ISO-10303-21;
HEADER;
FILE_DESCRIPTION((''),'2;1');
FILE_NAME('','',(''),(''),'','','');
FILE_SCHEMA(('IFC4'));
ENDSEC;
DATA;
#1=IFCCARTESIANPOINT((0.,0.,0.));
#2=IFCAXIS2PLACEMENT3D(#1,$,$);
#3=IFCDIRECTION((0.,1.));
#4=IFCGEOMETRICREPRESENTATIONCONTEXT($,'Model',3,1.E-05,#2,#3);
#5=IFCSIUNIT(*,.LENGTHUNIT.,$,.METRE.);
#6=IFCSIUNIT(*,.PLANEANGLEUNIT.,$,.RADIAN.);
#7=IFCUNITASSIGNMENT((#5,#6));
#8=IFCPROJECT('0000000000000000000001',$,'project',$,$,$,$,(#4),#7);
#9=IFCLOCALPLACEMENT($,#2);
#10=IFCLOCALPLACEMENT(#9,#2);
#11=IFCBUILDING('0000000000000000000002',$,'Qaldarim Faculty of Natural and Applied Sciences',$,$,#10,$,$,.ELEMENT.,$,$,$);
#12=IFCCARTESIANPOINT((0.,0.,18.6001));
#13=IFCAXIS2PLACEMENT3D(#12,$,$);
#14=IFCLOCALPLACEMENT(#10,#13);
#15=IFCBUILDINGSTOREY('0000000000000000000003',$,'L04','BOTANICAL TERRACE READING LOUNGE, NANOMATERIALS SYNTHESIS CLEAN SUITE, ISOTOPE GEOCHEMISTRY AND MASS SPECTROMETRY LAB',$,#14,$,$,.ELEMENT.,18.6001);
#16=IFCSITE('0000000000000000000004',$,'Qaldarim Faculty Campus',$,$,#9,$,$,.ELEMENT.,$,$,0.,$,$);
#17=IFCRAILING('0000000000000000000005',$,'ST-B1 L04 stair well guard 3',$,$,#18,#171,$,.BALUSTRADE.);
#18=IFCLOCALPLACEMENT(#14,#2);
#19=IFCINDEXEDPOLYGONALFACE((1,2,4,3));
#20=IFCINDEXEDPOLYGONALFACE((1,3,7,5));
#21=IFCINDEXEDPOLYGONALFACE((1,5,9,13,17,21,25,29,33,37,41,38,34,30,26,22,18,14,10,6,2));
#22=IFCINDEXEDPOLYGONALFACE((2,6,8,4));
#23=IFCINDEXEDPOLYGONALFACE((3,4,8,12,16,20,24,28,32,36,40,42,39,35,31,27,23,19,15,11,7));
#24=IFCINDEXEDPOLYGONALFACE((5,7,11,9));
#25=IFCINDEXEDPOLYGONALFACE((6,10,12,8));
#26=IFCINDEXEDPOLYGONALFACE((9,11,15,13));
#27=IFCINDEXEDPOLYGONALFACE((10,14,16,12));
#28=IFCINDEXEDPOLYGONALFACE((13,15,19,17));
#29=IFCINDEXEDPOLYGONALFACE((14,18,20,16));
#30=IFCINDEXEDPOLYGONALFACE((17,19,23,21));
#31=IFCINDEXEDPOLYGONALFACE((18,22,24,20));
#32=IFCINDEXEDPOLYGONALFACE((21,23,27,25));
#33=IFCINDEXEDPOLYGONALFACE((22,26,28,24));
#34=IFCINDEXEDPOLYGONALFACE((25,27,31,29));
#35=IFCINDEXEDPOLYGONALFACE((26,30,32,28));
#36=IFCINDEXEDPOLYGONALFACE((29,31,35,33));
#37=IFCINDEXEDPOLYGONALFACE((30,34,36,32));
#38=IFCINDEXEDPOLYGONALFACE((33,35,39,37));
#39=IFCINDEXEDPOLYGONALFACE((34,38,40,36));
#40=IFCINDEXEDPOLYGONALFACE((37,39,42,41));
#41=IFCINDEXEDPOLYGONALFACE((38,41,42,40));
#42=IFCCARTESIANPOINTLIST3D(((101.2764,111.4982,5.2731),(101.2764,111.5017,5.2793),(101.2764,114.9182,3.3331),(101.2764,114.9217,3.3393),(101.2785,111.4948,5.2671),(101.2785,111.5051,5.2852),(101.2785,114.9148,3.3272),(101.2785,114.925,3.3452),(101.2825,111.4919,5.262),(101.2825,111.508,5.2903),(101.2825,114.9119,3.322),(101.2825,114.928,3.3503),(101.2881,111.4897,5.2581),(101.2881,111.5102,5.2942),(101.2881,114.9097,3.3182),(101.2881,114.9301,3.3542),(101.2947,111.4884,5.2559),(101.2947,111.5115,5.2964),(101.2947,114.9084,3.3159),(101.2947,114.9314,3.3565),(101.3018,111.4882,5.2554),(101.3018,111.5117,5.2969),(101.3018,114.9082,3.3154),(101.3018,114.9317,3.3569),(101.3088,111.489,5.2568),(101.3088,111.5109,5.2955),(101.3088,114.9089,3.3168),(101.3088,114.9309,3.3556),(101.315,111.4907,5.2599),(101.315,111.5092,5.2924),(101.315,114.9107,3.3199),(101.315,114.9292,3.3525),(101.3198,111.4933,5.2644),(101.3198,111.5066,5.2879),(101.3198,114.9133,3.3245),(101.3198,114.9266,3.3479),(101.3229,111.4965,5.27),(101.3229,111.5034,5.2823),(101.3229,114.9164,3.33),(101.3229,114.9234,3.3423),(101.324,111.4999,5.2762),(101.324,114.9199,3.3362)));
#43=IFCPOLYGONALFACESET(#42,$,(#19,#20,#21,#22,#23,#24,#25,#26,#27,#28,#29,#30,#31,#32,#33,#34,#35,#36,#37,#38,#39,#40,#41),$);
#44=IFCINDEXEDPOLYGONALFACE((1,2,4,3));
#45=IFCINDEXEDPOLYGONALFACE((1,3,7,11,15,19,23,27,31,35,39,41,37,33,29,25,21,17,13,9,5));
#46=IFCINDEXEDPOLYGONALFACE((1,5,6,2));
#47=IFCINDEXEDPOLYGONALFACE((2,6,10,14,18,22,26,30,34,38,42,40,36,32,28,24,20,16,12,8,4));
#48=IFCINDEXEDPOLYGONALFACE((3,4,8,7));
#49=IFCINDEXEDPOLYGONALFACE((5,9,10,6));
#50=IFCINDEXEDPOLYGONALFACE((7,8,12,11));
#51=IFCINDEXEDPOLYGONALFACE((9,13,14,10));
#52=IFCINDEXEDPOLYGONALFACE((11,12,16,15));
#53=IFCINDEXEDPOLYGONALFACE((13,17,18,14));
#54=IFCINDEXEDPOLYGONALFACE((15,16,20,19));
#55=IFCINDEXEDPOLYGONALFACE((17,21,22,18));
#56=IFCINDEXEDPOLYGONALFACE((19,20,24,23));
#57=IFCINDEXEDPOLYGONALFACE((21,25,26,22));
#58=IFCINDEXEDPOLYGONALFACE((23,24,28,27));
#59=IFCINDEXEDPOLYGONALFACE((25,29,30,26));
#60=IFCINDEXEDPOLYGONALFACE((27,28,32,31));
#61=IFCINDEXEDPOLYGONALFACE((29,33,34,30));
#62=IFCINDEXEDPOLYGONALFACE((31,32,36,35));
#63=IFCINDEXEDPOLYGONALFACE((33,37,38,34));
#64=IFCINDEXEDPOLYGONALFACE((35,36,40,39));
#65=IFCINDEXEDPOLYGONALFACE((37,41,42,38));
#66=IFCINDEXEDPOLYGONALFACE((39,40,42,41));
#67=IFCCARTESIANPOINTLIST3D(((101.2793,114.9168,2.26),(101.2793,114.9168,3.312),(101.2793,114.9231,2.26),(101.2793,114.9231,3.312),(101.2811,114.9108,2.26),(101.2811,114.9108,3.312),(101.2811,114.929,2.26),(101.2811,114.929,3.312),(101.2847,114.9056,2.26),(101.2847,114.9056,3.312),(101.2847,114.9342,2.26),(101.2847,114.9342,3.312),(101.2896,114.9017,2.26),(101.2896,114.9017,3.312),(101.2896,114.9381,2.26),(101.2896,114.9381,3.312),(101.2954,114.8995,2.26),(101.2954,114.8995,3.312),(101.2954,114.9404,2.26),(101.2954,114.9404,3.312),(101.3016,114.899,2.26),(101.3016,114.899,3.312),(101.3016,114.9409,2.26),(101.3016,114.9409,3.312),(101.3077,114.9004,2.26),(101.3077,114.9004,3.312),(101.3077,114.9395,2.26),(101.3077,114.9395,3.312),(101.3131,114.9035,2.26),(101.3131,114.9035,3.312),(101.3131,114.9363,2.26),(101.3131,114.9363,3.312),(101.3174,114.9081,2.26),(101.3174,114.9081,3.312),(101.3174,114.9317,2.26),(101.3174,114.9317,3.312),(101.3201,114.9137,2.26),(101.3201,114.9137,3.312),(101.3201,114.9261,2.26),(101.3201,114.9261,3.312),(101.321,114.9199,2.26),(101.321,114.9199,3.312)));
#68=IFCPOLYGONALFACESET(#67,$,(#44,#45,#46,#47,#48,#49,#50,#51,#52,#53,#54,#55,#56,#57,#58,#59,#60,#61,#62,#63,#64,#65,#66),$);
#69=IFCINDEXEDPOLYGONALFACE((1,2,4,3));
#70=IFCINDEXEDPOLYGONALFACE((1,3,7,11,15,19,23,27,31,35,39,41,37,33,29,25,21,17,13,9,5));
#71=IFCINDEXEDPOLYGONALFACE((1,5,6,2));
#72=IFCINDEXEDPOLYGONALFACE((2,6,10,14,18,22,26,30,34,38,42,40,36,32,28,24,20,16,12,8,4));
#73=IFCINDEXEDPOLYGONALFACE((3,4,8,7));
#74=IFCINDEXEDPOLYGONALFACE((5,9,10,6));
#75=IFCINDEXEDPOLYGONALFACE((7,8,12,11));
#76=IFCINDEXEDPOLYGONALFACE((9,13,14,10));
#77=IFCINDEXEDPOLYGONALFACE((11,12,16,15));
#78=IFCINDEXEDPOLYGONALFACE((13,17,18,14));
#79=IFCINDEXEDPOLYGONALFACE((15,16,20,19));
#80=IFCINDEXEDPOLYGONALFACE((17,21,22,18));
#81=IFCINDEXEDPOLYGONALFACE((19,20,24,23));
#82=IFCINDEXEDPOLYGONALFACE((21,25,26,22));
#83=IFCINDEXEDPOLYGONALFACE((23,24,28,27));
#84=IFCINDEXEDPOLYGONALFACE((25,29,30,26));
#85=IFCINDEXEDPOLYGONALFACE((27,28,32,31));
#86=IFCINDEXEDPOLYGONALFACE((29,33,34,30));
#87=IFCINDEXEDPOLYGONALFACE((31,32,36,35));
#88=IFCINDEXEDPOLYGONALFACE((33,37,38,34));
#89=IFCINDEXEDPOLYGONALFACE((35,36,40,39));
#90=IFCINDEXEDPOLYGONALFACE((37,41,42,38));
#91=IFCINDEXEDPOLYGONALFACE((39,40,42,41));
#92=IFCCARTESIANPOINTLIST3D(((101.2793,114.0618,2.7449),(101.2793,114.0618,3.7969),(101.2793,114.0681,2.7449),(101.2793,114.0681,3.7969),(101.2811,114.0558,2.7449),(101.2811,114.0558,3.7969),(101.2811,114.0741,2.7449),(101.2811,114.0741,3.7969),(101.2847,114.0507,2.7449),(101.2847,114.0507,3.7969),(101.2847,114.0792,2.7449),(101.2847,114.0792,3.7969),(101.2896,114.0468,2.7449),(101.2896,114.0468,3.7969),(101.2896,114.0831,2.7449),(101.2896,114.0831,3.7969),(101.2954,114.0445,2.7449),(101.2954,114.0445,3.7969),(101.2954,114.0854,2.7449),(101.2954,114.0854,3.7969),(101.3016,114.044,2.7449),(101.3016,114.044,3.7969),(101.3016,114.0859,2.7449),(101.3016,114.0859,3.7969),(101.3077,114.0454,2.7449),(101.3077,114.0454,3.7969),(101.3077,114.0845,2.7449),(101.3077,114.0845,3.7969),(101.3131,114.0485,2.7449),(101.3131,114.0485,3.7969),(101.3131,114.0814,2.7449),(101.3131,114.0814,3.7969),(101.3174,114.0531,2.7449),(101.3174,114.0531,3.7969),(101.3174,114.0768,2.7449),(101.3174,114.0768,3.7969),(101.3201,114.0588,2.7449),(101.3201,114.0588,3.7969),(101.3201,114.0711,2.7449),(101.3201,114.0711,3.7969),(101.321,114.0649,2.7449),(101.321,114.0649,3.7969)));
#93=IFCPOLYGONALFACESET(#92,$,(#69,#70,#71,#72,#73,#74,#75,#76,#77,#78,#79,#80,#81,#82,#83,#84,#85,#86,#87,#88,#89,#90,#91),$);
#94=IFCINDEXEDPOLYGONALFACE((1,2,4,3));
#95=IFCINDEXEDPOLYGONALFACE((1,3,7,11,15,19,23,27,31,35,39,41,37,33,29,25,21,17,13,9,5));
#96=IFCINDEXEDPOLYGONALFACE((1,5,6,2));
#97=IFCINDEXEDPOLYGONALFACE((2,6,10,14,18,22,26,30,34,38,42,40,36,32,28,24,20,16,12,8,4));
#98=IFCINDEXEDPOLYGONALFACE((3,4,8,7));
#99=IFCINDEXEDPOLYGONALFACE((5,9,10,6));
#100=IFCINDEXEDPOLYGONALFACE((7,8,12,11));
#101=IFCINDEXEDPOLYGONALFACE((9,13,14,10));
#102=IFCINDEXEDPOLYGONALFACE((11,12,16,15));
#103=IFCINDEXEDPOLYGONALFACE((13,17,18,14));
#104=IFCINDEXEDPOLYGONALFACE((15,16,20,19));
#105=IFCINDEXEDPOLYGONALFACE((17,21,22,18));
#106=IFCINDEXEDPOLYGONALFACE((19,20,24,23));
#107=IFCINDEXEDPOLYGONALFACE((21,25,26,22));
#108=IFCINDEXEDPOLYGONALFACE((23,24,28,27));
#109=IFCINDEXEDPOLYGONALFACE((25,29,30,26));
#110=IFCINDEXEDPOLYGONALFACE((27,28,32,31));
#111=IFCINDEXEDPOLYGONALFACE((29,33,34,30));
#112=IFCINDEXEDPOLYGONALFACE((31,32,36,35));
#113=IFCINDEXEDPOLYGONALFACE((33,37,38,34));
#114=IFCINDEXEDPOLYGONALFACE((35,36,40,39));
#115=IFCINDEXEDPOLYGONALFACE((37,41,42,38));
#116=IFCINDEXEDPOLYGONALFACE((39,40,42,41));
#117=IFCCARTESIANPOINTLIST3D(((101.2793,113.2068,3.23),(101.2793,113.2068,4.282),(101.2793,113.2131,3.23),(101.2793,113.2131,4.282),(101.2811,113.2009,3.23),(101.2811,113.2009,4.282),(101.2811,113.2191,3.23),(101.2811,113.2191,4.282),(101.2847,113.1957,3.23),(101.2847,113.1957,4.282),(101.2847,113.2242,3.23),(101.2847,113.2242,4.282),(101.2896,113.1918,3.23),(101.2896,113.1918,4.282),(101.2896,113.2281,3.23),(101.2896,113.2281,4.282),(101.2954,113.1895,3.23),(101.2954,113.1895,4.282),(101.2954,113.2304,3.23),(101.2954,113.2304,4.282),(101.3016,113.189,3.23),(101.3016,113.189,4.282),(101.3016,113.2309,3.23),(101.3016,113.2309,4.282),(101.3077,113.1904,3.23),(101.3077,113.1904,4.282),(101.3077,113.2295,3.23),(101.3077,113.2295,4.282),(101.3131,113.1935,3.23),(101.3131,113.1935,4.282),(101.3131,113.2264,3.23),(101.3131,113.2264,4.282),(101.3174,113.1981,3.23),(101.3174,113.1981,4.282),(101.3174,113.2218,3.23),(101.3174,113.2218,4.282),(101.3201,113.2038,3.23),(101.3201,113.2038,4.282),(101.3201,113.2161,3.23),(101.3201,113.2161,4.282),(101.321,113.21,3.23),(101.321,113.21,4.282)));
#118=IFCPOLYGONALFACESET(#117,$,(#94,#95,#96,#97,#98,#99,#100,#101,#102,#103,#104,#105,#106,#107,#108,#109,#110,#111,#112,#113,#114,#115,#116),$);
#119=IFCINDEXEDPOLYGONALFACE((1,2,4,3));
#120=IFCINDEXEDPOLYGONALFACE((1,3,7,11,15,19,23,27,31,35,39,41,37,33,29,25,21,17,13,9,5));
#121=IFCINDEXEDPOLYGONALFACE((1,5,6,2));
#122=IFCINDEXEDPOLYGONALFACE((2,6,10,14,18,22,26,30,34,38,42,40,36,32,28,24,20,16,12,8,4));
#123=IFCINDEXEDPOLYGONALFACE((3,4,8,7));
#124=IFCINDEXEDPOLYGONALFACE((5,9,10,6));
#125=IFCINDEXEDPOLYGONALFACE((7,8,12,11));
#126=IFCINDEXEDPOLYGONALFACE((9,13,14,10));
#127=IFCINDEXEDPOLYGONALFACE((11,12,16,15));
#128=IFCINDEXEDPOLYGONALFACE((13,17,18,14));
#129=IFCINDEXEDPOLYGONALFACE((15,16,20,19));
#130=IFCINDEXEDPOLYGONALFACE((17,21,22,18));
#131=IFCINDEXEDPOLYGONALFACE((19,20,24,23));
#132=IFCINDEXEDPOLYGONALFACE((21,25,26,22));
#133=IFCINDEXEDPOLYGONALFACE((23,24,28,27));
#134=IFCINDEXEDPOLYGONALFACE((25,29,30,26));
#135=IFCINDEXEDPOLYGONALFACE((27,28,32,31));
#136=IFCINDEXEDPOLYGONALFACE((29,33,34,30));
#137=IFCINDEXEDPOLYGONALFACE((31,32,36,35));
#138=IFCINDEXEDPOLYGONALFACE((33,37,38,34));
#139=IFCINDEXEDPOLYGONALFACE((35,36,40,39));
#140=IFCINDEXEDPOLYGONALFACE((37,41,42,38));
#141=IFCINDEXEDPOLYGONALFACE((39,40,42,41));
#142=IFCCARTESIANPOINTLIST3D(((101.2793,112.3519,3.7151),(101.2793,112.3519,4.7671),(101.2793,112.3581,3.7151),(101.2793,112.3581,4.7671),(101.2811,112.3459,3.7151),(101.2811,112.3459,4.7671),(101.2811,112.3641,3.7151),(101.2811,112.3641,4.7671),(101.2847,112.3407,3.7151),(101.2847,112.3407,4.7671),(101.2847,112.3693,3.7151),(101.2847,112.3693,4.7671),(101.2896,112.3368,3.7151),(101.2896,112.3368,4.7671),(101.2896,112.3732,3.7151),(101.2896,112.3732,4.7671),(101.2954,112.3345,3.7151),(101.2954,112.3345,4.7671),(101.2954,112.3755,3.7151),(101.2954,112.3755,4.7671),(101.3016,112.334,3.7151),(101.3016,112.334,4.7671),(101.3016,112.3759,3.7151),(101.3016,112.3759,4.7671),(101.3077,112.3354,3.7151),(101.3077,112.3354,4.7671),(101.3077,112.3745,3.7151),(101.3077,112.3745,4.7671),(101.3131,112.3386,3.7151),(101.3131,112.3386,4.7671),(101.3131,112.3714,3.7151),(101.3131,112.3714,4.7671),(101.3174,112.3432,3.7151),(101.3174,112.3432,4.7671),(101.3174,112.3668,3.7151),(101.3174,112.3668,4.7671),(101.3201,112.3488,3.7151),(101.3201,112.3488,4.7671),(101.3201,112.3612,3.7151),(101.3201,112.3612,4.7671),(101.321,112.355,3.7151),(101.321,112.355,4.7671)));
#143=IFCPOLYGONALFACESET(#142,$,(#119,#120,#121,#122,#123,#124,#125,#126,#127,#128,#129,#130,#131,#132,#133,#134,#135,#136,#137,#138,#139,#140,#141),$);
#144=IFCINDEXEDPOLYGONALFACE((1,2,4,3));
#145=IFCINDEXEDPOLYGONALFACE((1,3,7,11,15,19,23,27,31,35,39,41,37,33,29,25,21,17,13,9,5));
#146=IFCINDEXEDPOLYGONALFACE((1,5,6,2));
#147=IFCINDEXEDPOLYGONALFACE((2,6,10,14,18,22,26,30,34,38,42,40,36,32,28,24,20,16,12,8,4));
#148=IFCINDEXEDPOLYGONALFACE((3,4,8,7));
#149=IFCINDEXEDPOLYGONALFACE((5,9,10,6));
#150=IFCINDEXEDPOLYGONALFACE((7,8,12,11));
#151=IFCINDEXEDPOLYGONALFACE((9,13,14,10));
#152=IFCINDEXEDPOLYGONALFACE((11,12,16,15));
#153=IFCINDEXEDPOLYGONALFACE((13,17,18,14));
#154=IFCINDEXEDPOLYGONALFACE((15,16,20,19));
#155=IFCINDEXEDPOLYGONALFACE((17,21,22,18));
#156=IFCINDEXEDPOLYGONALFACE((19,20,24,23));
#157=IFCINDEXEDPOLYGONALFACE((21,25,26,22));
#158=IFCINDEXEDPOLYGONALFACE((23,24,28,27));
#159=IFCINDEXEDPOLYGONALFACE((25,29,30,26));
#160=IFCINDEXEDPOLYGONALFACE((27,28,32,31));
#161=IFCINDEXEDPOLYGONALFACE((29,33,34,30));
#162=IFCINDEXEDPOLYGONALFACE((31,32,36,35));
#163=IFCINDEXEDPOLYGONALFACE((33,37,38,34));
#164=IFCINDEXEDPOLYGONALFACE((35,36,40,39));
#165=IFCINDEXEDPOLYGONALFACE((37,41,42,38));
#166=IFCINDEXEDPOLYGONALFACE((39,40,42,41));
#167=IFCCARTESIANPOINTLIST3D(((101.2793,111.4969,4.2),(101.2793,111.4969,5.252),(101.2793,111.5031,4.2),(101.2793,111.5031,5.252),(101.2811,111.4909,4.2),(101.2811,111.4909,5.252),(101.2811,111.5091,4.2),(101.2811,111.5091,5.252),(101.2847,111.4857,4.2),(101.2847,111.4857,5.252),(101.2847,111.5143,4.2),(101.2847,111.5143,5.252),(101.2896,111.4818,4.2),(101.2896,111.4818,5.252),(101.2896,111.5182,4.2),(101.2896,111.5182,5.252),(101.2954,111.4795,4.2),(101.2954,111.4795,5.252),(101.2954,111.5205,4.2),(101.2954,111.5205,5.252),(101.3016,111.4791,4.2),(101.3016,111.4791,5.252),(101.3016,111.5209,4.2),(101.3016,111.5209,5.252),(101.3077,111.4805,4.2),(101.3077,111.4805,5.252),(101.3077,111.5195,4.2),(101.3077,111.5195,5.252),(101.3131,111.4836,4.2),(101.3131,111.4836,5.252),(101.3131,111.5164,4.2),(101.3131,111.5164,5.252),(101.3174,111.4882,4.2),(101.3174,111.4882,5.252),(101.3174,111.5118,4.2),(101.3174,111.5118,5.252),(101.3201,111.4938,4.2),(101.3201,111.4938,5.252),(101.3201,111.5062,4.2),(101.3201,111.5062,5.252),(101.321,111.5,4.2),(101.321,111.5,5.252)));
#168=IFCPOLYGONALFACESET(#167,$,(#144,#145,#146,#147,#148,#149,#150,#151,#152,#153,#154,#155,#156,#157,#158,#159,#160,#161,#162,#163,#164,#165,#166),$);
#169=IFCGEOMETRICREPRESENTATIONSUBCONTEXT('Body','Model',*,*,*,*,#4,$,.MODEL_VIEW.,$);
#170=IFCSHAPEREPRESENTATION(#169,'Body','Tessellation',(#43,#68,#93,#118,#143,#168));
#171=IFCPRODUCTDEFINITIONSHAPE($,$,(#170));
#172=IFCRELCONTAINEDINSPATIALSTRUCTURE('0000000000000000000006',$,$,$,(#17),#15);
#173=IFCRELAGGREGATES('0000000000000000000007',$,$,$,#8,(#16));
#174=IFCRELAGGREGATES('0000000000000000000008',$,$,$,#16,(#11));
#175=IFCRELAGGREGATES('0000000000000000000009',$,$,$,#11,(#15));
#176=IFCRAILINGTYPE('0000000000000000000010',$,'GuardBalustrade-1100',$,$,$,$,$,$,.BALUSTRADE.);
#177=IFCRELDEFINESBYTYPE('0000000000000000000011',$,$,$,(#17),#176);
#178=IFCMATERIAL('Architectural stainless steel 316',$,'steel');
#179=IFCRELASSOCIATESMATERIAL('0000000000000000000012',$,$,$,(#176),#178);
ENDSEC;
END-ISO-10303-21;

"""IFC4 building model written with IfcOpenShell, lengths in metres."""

from ifc_helpers import new_model, si_unit, direction, frame, origin, origin_2d, place, context, subcontext, project, spatial, circle, extrude, material, type_object, element, save


model = new_model("IFC4")

# Units and contexts
model_context = context("Model", 3, precision=1e-05, world=origin(), true_north=direction((0.0, 1.0)))
body_context = subcontext(model_context, "Body", "Model", "MODEL_VIEW")
ifc_project = project(units=[si_unit("LENGTHUNIT", "METRE"), si_unit("PLANEANGLEUNIT", "RADIAN")], contexts=[model_context])

# Site, building, storey
site_placement = place(None, origin())
site = spatial("IfcSite", under=ifc_project, at=site_placement, Name="Qaldarim Faculty Campus", CompositionType="ELEMENT", RefElevation=0.0)
building_placement = place(site_placement, origin())
building = spatial("IfcBuilding", under=site, at=building_placement, Name="Qaldarim Faculty of Natural and Applied Sciences", CompositionType="ELEMENT")
storey_placement = place(building_placement, frame((0.0, 0.0, 18.6001)))
storey = spatial("IfcBuildingStorey", under=building, at=storey_placement, Name="L04", Description="BOTANICAL TERRACE READING LOUNGE, NANOMATERIALS SYNTHESIS CLEAN SUITE, ISOTOPE GEOCHEMISTRY AND MASS SPECTROMETRY LAB", CompositionType="ELEMENT", Elevation=18.6001)

# Shared definitions
ifc_material_1 = material(Name="Architectural stainless steel 316", Category="steel")

# Railing
railing_type_1 = type_object("IfcRailingType", Name="GuardBalustrade-1100", PredefinedType="BALUSTRADE", material=ifc_material_1)
railing_1_placement = place(storey_placement, frame((101.3, 114.9199, 2.26)))
element("IfcRailing", 1, at=railing_1_placement, inside=storey, type_object=railing_type_1, Name="ST-B1 L04 stair well guard 3", PredefinedType="BALUSTRADE", context=body_context, shape_type="SweptSolid", body=[
    extrude(circle(Radius=0.0239, at=origin_2d()), frame((0.0, 0.0, 1.0762), z_axis=(0.0, -0.869805, 0.493395), x_axis=(1.0, 0.0, 0.0)), (0.0, 0.0, 1.0), 3.9319),
    extrude(circle(Radius=0.021, at=origin_2d()), origin(), (0.0, 0.0, 1.0), 1.052),
    extrude(circle(Radius=0.021, at=origin_2d()), frame((0.0, -0.855, 0.4849)), (0.0, 0.0, 1.0), 1.052),
    extrude(circle(Radius=0.021, at=origin_2d()), frame((0.0, -1.71, 0.97)), (0.0, 0.0, 1.0), 1.052),
    extrude(circle(Radius=0.021, at=origin_2d()), frame((0.0, -2.5649, 1.4551)), (0.0, 0.0, 1.0), 1.052),
    extrude(circle(Radius=0.021, at=origin_2d()), frame((0.0, -3.4199, 1.9399)), (0.0, 0.0, 1.0), 1.052),
])

save(model, "model.ifc")
